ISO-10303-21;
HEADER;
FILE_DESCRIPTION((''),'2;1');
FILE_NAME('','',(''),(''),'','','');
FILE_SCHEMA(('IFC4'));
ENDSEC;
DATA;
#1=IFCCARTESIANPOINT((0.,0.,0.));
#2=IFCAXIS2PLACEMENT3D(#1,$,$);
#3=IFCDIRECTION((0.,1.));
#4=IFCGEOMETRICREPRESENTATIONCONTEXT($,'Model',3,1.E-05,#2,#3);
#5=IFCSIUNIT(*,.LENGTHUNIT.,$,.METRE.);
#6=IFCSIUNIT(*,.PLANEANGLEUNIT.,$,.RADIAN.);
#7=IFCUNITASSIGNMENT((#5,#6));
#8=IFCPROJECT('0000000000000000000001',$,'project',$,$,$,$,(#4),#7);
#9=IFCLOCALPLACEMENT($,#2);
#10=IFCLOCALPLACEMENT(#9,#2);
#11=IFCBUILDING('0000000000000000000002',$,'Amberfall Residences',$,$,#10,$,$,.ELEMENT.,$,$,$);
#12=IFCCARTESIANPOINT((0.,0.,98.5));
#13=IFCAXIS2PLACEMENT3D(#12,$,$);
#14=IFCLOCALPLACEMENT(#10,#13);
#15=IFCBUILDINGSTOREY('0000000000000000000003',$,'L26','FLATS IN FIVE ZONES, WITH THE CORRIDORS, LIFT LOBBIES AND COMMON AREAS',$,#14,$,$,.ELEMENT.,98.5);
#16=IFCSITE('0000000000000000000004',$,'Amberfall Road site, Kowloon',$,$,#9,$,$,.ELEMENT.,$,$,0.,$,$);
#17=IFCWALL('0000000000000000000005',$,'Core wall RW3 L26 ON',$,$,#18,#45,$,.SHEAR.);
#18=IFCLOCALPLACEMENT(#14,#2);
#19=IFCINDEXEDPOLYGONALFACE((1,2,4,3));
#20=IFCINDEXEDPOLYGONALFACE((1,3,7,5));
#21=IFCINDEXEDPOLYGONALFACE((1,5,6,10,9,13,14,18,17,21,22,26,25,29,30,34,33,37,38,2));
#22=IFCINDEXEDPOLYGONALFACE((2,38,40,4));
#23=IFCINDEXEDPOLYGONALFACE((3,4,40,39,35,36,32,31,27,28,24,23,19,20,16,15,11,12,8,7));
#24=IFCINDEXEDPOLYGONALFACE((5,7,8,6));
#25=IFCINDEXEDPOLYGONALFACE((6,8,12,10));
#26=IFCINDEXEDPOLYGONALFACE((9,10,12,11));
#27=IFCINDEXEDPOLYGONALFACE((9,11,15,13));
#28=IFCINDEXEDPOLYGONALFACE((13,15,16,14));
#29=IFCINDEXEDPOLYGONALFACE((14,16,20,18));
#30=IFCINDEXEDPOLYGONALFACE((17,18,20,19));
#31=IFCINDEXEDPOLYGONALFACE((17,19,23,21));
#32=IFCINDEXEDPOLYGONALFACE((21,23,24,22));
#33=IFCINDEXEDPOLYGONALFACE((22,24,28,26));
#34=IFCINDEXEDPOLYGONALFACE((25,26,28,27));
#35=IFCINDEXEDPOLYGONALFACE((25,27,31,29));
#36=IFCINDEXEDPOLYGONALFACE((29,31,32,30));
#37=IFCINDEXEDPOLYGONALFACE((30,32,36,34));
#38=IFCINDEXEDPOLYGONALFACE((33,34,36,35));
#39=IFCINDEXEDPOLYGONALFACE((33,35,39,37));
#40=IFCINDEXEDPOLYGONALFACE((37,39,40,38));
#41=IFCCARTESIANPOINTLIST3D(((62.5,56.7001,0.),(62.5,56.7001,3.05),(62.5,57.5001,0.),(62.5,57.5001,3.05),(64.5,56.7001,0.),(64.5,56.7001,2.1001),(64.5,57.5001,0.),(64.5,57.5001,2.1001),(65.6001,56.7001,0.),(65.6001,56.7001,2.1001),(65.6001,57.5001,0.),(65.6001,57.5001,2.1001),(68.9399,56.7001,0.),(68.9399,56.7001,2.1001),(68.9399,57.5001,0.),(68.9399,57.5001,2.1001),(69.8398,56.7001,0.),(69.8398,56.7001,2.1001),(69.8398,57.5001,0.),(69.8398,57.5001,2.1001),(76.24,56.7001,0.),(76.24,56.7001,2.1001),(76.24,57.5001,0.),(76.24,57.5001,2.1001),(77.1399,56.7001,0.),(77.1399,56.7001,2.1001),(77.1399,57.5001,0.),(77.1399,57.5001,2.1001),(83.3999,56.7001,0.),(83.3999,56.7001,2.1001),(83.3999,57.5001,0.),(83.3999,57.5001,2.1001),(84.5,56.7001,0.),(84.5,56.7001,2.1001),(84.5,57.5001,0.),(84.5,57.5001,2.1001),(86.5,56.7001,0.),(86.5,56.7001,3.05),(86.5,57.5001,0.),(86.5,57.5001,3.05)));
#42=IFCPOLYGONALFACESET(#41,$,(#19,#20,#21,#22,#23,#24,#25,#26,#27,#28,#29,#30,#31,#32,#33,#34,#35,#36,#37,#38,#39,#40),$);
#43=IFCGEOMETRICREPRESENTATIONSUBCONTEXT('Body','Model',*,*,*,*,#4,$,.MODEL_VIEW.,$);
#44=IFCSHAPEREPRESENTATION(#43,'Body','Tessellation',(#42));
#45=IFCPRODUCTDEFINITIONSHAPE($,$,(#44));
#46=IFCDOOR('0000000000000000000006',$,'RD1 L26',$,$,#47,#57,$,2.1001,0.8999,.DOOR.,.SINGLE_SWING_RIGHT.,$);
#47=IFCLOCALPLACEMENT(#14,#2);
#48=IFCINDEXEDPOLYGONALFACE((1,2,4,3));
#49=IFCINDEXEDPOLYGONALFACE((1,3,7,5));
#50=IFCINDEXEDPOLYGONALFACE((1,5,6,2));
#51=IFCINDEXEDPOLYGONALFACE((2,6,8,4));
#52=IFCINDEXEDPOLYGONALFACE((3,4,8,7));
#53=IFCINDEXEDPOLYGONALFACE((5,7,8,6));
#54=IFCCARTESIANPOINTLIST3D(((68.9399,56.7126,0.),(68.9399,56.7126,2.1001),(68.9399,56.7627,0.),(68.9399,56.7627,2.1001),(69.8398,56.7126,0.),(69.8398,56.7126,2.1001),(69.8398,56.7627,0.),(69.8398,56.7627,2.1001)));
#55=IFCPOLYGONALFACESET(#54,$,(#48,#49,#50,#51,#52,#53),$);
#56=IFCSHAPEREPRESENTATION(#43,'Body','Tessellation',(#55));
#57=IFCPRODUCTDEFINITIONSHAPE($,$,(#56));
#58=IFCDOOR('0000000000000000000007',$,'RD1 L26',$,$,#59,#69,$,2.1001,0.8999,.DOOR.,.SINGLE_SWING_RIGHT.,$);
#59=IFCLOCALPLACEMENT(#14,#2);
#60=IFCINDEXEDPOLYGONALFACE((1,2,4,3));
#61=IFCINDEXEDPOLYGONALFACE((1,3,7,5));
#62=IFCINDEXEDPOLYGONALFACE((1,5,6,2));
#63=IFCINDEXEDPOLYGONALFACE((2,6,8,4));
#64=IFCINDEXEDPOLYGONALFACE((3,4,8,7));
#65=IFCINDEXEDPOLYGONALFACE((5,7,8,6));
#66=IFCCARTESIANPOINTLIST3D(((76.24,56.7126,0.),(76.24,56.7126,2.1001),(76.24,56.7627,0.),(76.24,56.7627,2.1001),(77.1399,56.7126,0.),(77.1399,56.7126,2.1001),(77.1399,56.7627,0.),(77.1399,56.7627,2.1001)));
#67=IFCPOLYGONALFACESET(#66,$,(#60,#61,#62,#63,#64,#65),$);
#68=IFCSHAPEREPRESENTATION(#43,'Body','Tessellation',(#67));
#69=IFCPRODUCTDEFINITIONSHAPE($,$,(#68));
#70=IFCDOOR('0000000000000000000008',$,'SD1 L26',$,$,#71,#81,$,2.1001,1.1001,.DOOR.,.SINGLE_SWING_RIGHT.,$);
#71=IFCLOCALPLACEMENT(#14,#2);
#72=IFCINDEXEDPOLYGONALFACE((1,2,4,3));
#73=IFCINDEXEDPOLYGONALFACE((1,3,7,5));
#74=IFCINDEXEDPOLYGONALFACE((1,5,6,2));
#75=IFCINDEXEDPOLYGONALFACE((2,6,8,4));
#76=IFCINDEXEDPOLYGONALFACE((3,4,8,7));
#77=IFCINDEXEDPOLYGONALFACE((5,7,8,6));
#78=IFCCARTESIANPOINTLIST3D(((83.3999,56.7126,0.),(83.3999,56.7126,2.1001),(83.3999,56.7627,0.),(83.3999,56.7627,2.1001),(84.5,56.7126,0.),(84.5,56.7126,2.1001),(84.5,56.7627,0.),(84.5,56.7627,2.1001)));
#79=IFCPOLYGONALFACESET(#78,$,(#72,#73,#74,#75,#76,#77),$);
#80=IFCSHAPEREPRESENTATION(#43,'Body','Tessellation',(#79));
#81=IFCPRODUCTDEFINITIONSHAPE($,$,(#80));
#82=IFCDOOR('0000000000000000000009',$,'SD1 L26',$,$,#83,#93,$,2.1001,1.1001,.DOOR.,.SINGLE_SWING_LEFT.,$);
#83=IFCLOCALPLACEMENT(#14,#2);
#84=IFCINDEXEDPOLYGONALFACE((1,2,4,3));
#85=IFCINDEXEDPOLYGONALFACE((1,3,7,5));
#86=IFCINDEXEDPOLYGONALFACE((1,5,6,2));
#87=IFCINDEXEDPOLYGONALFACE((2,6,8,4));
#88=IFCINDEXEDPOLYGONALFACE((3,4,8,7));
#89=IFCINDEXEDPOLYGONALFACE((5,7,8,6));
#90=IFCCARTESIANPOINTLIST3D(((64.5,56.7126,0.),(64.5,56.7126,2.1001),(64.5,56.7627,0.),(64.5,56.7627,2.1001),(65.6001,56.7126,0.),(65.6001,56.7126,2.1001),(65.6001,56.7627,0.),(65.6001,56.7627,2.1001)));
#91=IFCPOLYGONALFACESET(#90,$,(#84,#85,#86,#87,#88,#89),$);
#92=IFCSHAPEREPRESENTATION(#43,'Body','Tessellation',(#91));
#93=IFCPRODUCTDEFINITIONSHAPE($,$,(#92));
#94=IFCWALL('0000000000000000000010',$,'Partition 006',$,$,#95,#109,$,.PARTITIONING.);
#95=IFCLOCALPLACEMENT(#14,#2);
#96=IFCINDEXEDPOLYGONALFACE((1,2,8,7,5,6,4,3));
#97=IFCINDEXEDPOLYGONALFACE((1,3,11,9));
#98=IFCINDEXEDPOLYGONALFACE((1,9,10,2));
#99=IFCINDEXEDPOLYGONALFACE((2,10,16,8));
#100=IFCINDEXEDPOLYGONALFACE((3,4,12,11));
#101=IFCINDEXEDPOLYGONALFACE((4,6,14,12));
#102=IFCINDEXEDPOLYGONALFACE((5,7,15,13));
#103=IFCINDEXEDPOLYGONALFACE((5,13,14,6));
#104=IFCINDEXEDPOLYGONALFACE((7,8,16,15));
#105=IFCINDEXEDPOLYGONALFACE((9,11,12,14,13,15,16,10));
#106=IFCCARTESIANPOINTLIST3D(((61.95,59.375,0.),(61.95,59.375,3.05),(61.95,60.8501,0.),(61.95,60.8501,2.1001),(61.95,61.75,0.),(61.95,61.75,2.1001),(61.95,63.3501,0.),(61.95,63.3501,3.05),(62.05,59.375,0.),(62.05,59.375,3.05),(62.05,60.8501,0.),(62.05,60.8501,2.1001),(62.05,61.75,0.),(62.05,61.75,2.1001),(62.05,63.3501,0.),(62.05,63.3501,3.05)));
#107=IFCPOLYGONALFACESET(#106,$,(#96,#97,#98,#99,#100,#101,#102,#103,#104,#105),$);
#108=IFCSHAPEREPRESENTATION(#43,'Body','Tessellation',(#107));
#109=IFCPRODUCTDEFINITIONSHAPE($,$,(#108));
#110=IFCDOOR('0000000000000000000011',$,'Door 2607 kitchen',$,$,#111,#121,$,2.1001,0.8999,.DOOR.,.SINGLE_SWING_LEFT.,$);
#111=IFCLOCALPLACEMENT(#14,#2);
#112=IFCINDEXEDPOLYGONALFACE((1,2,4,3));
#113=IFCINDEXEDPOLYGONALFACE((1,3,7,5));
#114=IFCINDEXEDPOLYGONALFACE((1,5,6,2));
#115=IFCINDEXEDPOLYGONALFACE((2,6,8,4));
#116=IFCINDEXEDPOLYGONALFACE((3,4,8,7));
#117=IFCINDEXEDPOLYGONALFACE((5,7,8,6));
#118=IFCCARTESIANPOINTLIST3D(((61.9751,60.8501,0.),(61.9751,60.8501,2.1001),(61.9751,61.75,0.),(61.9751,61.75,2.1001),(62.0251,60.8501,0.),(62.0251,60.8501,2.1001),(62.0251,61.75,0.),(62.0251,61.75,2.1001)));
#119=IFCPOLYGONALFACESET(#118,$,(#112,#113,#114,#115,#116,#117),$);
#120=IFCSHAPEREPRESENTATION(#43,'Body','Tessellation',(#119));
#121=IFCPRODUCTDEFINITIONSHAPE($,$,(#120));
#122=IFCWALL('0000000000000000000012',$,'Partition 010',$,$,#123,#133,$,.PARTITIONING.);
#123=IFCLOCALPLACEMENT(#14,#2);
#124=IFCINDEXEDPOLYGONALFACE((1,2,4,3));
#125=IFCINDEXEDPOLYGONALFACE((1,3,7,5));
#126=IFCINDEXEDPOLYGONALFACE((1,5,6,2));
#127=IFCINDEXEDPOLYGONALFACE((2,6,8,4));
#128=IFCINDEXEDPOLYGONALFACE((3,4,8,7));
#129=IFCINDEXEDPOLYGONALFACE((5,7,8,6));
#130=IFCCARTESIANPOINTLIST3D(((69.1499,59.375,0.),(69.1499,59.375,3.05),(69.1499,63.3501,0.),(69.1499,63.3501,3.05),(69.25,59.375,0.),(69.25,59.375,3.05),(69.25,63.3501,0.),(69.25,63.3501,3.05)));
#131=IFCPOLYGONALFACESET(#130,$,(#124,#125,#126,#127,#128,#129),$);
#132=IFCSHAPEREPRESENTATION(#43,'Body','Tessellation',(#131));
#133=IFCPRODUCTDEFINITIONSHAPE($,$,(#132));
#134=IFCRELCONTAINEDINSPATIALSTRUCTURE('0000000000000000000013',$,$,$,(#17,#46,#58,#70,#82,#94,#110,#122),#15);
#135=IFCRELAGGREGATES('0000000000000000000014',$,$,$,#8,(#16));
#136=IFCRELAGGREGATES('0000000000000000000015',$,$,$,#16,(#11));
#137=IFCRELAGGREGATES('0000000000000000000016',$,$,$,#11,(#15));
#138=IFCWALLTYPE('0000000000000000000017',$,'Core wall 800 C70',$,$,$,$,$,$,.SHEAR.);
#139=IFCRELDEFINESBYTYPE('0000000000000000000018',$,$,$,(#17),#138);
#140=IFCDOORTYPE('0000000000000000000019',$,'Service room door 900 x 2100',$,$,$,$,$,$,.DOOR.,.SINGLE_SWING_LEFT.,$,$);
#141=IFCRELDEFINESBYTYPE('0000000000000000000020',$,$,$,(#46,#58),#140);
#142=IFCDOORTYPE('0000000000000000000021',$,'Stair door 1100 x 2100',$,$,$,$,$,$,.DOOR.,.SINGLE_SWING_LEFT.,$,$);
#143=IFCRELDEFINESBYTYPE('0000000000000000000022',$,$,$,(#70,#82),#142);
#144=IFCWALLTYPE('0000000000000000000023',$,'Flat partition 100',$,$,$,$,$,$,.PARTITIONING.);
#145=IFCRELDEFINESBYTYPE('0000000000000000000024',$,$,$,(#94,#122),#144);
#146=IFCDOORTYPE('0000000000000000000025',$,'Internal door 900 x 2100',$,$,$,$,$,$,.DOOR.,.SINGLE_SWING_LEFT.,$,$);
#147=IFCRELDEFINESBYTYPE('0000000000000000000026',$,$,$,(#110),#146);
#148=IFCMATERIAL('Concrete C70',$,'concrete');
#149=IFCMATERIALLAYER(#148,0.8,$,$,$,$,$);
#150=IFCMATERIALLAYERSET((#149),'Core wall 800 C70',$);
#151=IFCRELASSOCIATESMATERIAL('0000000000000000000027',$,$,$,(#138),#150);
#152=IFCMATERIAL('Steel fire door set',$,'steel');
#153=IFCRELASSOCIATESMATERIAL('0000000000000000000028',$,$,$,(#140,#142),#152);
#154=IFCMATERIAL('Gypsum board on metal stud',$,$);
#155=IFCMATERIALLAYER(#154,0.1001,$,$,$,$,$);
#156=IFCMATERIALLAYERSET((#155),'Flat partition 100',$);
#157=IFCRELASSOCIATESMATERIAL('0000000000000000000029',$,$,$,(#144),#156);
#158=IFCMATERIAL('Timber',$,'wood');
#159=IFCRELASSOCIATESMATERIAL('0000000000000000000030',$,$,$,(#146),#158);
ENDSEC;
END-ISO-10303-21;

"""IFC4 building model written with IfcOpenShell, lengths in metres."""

from ifc_helpers import new_model, si_unit, direction, frame, frame_2d, origin, place, context, subcontext, project, spatial, rectangle, extrude, material, layer, layer_set, type_object, element, fill, save


model = new_model("IFC4")

# Units and contexts
model_context = context("Model", 3, precision=1e-05, world=origin(), true_north=direction((0.0, 1.0)))
body_context = subcontext(model_context, "Body", "Model", "MODEL_VIEW")
ifc_project = project(units=[si_unit("LENGTHUNIT", "METRE"), si_unit("PLANEANGLEUNIT", "RADIAN")], contexts=[model_context])

# Site, building, storey
site_placement = place(None, origin())
site = spatial("IfcSite", under=ifc_project, at=site_placement, Name="Amberfall Road site, Kowloon", CompositionType="ELEMENT", RefElevation=0.0)
building_placement = place(site_placement, origin())
building = spatial("IfcBuilding", under=site, at=building_placement, Name="Amberfall Residences", CompositionType="ELEMENT")
storey_placement = place(building_placement, frame((0.0, 0.0, 98.5)))
storey = spatial("IfcBuildingStorey", under=building, at=storey_placement, Name="L26", Description="FLATS IN FIVE ZONES, WITH THE CORRIDORS, LIFT LOBBIES AND COMMON AREAS", CompositionType="ELEMENT", Elevation=98.5)

# Wall, openings, doors
ifc_material_1 = material(Name="Concrete C70", Category="concrete")
ifc_layer_1 = layer(ifc_material_1, 0.8)
ifc_layer_set_1 = layer_set([ifc_layer_1], Name="Core wall 800 C70")
wall_type_1 = type_object("IfcWallType", Name="Core wall 800 C70", PredefinedType="SHEAR", material=ifc_layer_set_1)
wall_1_placement = place(storey_placement, frame((62.5, 57.1001, 0.0), z_axis=(0.0, 0.0, 1.0), x_axis=(1.0, 0.0, 0.0)))
wall_1 = element("IfcWall", 1, at=wall_1_placement, inside=storey, type_object=wall_type_1, Name="Core wall RW3 L26 ON", PredefinedType="SHEAR", context=body_context, shape_type="SweptSolid", body=[
    extrude(rectangle(XDim=24.0, YDim=0.8, at=frame_2d((12.0, 0.0))), origin(), (0.0, 0.0, 1.0), 3.05),
])
opening_1_placement = place(wall_1_placement, frame((20.8999, 0.0, 0.0)))
opening_1 = element("IfcOpeningElement", 2, at=opening_1_placement, cuts=wall_1, PredefinedType="OPENING", context=body_context, shape_type="SweptSolid", body=[
    extrude(rectangle(XDim=1.1001, YDim=2.1001, at=frame_2d((0.55, 1.05))), frame((0.0, 0.4099, 0.0), z_axis=(0.0, -1.0, 0.0), x_axis=(1.0, 0.0, 0.0)), (0.0, 0.0, 1.0), 0.8201),
])
opening_2_placement = place(wall_1_placement, frame((2.0, 0.0, 0.0)))
opening_2 = element("IfcOpeningElement", 3, at=opening_2_placement, cuts=wall_1, PredefinedType="OPENING", context=body_context, shape_type="SweptSolid", body=[
    extrude(rectangle(XDim=1.1001, YDim=2.1001, at=frame_2d((0.55, 1.05))), frame((0.0, 0.4099, 0.0), z_axis=(0.0, -1.0, 0.0), x_axis=(1.0, 0.0, 0.0)), (0.0, 0.0, 1.0), 0.8201),
])
opening_3_placement = place(wall_1_placement, frame((6.4399, 0.0, 0.0)))
opening_3 = element("IfcOpeningElement", 4, at=opening_3_placement, cuts=wall_1, PredefinedType="OPENING", context=body_context, shape_type="SweptSolid", body=[
    extrude(rectangle(XDim=0.8999, YDim=2.1001, at=frame_2d((0.45, 1.05))), frame((0.0, 0.4099, 0.0), z_axis=(0.0, -1.0, 0.0), x_axis=(1.0, 0.0, 0.0)), (0.0, 0.0, 1.0), 0.8201),
])
opening_4_placement = place(wall_1_placement, frame((13.74, 0.0, 0.0)))
opening_4 = element("IfcOpeningElement", 5, at=opening_4_placement, cuts=wall_1, PredefinedType="OPENING", context=body_context, shape_type="SweptSolid", body=[
    extrude(rectangle(XDim=0.8999, YDim=2.1001, at=frame_2d((0.45, 1.05))), frame((0.0, 0.4099, 0.0), z_axis=(0.0, -1.0, 0.0), x_axis=(1.0, 0.0, 0.0)), (0.0, 0.0, 1.0), 0.8201),
])
ifc_material_2 = material(Name="Steel fire door set", Category="steel")
door_type_1 = type_object("IfcDoorType", Name="Service room door 900 x 2100", OperationType="SINGLE_SWING_LEFT", PredefinedType="DOOR", material=ifc_material_2)
door_1_placement = place(opening_3_placement, origin())
door_1 = element("IfcDoor", 6, at=door_1_placement, inside=storey, type_object=door_type_1, Name="RD1 L26", OperationType="SINGLE_SWING_RIGHT", OverallHeight=2.1001, OverallWidth=0.8999, PredefinedType="DOOR", context=body_context, shape_type="SweptSolid", body=[
    extrude(rectangle(XDim=0.8999, YDim=2.1001, at=frame_2d((0.45, 1.05))), frame((0.0, -0.3374, 0.0), z_axis=(0.0, -1.0, 0.0), x_axis=(1.0, 0.0, 0.0)), (0.0, 0.0, 1.0), 0.05),
])
fill(opening_3, door_1)
door_2_placement = place(opening_4_placement, origin())
door_2 = element("IfcDoor", 7, at=door_2_placement, inside=storey, type_object=door_type_1, Name="RD1 L26", OperationType="SINGLE_SWING_RIGHT", OverallHeight=2.1001, OverallWidth=0.8999, PredefinedType="DOOR", context=body_context, shape_type="SweptSolid", body=[
    extrude(rectangle(XDim=0.8999, YDim=2.1001, at=frame_2d((0.45, 1.05))), frame((0.0, -0.3374, 0.0), z_axis=(0.0, -1.0, 0.0), x_axis=(1.0, 0.0, 0.0)), (0.0, 0.0, 1.0), 0.05),
])
fill(opening_4, door_2)
door_type_2 = type_object("IfcDoorType", Name="Stair door 1100 x 2100", OperationType="SINGLE_SWING_LEFT", PredefinedType="DOOR", material=ifc_material_2)
door_3_placement = place(opening_1_placement, origin())
door_3 = element("IfcDoor", 8, at=door_3_placement, inside=storey, type_object=door_type_2, Name="SD1 L26", OperationType="SINGLE_SWING_RIGHT", OverallHeight=2.1001, OverallWidth=1.1001, PredefinedType="DOOR", context=body_context, shape_type="SweptSolid", body=[
    extrude(rectangle(XDim=1.1001, YDim=2.1001, at=frame_2d((0.55, 1.05))), frame((0.0, -0.3374, 0.0), z_axis=(0.0, -1.0, 0.0), x_axis=(1.0, 0.0, 0.0)), (0.0, 0.0, 1.0), 0.05),
])
fill(opening_1, door_3)
door_4_placement = place(opening_2_placement, origin())
door_4 = element("IfcDoor", 9, at=door_4_placement, inside=storey, type_object=door_type_2, Name="SD1 L26", OperationType="SINGLE_SWING_LEFT", OverallHeight=2.1001, OverallWidth=1.1001, PredefinedType="DOOR", context=body_context, shape_type="SweptSolid", body=[
    extrude(rectangle(XDim=1.1001, YDim=2.1001, at=frame_2d((0.55, 1.05))), frame((0.0, -0.3374, 0.0), z_axis=(0.0, -1.0, 0.0), x_axis=(1.0, 0.0, 0.0)), (0.0, 0.0, 1.0), 0.05),
])
fill(opening_2, door_4)

# Wall, opening, door
ifc_material_3 = material(Name="Gypsum board on metal stud")
ifc_layer_2 = layer(ifc_material_3, 0.1001)
ifc_layer_set_2 = layer_set([ifc_layer_2], Name="Flat partition 100")
wall_type_2 = type_object("IfcWallType", Name="Flat partition 100", PredefinedType="PARTITIONING", material=ifc_layer_set_2)
wall_2_placement = place(storey_placement, frame((62.0, 59.375, 0.0), z_axis=(0.0, 0.0, 1.0), x_axis=(0.0, 1.0, 0.0)))
wall_2 = element("IfcWall", 10, at=wall_2_placement, inside=storey, type_object=wall_type_2, Name="Partition 006", PredefinedType="PARTITIONING", context=body_context, shape_type="SweptSolid", body=[
    extrude(rectangle(XDim=3.9751, YDim=0.1001, at=frame_2d((1.9875, 0.0))), origin(), (0.0, 0.0, 1.0), 3.05),
])
opening_5_placement = place(wall_2_placement, frame((1.4751, 0.0, 0.0)))
opening_5 = element("IfcOpeningElement", 11, at=opening_5_placement, cuts=wall_2, PredefinedType="OPENING", context=body_context, shape_type="SweptSolid", body=[
    extrude(rectangle(XDim=0.8999, YDim=2.1001, at=frame_2d((0.45, 1.05))), frame((0.0, 0.0601, 0.0), z_axis=(0.0, -1.0, 0.0), x_axis=(1.0, 0.0, 0.0)), (0.0, 0.0, 1.0), 0.1201),
])
ifc_material_4 = material(Name="Timber", Category="wood")
door_type_3 = type_object("IfcDoorType", Name="Internal door 900 x 2100", OperationType="SINGLE_SWING_LEFT", PredefinedType="DOOR", material=ifc_material_4)
door_5_placement = place(opening_5_placement, origin())
door_5 = element("IfcDoor", 12, at=door_5_placement, inside=storey, type_object=door_type_3, Name="Door 2607 kitchen", OperationType="SINGLE_SWING_LEFT", OverallHeight=2.1001, OverallWidth=0.8999, PredefinedType="DOOR", context=body_context, shape_type="SweptSolid", body=[
    extrude(rectangle(XDim=0.8999, YDim=2.1001, at=frame_2d((0.45, 1.05))), frame((0.0, 0.0249, 0.0), z_axis=(0.0, -1.0, 0.0), x_axis=(1.0, 0.0, 0.0)), (0.0, 0.0, 1.0), 0.05),
])
fill(opening_5, door_5)

# Wall
wall_3_placement = place(storey_placement, frame((69.2, 59.375, 0.0), z_axis=(0.0, 0.0, 1.0), x_axis=(0.0, 1.0, 0.0)))
element("IfcWall", 13, at=wall_3_placement, inside=storey, type_object=wall_type_2, Name="Partition 010", PredefinedType="PARTITIONING", context=body_context, shape_type="SweptSolid", body=[
    extrude(rectangle(XDim=3.9751, YDim=0.1001, at=frame_2d((1.9875, 0.0))), origin(), (0.0, 0.0, 1.0), 3.05),
])

save(model, "model.ifc")
